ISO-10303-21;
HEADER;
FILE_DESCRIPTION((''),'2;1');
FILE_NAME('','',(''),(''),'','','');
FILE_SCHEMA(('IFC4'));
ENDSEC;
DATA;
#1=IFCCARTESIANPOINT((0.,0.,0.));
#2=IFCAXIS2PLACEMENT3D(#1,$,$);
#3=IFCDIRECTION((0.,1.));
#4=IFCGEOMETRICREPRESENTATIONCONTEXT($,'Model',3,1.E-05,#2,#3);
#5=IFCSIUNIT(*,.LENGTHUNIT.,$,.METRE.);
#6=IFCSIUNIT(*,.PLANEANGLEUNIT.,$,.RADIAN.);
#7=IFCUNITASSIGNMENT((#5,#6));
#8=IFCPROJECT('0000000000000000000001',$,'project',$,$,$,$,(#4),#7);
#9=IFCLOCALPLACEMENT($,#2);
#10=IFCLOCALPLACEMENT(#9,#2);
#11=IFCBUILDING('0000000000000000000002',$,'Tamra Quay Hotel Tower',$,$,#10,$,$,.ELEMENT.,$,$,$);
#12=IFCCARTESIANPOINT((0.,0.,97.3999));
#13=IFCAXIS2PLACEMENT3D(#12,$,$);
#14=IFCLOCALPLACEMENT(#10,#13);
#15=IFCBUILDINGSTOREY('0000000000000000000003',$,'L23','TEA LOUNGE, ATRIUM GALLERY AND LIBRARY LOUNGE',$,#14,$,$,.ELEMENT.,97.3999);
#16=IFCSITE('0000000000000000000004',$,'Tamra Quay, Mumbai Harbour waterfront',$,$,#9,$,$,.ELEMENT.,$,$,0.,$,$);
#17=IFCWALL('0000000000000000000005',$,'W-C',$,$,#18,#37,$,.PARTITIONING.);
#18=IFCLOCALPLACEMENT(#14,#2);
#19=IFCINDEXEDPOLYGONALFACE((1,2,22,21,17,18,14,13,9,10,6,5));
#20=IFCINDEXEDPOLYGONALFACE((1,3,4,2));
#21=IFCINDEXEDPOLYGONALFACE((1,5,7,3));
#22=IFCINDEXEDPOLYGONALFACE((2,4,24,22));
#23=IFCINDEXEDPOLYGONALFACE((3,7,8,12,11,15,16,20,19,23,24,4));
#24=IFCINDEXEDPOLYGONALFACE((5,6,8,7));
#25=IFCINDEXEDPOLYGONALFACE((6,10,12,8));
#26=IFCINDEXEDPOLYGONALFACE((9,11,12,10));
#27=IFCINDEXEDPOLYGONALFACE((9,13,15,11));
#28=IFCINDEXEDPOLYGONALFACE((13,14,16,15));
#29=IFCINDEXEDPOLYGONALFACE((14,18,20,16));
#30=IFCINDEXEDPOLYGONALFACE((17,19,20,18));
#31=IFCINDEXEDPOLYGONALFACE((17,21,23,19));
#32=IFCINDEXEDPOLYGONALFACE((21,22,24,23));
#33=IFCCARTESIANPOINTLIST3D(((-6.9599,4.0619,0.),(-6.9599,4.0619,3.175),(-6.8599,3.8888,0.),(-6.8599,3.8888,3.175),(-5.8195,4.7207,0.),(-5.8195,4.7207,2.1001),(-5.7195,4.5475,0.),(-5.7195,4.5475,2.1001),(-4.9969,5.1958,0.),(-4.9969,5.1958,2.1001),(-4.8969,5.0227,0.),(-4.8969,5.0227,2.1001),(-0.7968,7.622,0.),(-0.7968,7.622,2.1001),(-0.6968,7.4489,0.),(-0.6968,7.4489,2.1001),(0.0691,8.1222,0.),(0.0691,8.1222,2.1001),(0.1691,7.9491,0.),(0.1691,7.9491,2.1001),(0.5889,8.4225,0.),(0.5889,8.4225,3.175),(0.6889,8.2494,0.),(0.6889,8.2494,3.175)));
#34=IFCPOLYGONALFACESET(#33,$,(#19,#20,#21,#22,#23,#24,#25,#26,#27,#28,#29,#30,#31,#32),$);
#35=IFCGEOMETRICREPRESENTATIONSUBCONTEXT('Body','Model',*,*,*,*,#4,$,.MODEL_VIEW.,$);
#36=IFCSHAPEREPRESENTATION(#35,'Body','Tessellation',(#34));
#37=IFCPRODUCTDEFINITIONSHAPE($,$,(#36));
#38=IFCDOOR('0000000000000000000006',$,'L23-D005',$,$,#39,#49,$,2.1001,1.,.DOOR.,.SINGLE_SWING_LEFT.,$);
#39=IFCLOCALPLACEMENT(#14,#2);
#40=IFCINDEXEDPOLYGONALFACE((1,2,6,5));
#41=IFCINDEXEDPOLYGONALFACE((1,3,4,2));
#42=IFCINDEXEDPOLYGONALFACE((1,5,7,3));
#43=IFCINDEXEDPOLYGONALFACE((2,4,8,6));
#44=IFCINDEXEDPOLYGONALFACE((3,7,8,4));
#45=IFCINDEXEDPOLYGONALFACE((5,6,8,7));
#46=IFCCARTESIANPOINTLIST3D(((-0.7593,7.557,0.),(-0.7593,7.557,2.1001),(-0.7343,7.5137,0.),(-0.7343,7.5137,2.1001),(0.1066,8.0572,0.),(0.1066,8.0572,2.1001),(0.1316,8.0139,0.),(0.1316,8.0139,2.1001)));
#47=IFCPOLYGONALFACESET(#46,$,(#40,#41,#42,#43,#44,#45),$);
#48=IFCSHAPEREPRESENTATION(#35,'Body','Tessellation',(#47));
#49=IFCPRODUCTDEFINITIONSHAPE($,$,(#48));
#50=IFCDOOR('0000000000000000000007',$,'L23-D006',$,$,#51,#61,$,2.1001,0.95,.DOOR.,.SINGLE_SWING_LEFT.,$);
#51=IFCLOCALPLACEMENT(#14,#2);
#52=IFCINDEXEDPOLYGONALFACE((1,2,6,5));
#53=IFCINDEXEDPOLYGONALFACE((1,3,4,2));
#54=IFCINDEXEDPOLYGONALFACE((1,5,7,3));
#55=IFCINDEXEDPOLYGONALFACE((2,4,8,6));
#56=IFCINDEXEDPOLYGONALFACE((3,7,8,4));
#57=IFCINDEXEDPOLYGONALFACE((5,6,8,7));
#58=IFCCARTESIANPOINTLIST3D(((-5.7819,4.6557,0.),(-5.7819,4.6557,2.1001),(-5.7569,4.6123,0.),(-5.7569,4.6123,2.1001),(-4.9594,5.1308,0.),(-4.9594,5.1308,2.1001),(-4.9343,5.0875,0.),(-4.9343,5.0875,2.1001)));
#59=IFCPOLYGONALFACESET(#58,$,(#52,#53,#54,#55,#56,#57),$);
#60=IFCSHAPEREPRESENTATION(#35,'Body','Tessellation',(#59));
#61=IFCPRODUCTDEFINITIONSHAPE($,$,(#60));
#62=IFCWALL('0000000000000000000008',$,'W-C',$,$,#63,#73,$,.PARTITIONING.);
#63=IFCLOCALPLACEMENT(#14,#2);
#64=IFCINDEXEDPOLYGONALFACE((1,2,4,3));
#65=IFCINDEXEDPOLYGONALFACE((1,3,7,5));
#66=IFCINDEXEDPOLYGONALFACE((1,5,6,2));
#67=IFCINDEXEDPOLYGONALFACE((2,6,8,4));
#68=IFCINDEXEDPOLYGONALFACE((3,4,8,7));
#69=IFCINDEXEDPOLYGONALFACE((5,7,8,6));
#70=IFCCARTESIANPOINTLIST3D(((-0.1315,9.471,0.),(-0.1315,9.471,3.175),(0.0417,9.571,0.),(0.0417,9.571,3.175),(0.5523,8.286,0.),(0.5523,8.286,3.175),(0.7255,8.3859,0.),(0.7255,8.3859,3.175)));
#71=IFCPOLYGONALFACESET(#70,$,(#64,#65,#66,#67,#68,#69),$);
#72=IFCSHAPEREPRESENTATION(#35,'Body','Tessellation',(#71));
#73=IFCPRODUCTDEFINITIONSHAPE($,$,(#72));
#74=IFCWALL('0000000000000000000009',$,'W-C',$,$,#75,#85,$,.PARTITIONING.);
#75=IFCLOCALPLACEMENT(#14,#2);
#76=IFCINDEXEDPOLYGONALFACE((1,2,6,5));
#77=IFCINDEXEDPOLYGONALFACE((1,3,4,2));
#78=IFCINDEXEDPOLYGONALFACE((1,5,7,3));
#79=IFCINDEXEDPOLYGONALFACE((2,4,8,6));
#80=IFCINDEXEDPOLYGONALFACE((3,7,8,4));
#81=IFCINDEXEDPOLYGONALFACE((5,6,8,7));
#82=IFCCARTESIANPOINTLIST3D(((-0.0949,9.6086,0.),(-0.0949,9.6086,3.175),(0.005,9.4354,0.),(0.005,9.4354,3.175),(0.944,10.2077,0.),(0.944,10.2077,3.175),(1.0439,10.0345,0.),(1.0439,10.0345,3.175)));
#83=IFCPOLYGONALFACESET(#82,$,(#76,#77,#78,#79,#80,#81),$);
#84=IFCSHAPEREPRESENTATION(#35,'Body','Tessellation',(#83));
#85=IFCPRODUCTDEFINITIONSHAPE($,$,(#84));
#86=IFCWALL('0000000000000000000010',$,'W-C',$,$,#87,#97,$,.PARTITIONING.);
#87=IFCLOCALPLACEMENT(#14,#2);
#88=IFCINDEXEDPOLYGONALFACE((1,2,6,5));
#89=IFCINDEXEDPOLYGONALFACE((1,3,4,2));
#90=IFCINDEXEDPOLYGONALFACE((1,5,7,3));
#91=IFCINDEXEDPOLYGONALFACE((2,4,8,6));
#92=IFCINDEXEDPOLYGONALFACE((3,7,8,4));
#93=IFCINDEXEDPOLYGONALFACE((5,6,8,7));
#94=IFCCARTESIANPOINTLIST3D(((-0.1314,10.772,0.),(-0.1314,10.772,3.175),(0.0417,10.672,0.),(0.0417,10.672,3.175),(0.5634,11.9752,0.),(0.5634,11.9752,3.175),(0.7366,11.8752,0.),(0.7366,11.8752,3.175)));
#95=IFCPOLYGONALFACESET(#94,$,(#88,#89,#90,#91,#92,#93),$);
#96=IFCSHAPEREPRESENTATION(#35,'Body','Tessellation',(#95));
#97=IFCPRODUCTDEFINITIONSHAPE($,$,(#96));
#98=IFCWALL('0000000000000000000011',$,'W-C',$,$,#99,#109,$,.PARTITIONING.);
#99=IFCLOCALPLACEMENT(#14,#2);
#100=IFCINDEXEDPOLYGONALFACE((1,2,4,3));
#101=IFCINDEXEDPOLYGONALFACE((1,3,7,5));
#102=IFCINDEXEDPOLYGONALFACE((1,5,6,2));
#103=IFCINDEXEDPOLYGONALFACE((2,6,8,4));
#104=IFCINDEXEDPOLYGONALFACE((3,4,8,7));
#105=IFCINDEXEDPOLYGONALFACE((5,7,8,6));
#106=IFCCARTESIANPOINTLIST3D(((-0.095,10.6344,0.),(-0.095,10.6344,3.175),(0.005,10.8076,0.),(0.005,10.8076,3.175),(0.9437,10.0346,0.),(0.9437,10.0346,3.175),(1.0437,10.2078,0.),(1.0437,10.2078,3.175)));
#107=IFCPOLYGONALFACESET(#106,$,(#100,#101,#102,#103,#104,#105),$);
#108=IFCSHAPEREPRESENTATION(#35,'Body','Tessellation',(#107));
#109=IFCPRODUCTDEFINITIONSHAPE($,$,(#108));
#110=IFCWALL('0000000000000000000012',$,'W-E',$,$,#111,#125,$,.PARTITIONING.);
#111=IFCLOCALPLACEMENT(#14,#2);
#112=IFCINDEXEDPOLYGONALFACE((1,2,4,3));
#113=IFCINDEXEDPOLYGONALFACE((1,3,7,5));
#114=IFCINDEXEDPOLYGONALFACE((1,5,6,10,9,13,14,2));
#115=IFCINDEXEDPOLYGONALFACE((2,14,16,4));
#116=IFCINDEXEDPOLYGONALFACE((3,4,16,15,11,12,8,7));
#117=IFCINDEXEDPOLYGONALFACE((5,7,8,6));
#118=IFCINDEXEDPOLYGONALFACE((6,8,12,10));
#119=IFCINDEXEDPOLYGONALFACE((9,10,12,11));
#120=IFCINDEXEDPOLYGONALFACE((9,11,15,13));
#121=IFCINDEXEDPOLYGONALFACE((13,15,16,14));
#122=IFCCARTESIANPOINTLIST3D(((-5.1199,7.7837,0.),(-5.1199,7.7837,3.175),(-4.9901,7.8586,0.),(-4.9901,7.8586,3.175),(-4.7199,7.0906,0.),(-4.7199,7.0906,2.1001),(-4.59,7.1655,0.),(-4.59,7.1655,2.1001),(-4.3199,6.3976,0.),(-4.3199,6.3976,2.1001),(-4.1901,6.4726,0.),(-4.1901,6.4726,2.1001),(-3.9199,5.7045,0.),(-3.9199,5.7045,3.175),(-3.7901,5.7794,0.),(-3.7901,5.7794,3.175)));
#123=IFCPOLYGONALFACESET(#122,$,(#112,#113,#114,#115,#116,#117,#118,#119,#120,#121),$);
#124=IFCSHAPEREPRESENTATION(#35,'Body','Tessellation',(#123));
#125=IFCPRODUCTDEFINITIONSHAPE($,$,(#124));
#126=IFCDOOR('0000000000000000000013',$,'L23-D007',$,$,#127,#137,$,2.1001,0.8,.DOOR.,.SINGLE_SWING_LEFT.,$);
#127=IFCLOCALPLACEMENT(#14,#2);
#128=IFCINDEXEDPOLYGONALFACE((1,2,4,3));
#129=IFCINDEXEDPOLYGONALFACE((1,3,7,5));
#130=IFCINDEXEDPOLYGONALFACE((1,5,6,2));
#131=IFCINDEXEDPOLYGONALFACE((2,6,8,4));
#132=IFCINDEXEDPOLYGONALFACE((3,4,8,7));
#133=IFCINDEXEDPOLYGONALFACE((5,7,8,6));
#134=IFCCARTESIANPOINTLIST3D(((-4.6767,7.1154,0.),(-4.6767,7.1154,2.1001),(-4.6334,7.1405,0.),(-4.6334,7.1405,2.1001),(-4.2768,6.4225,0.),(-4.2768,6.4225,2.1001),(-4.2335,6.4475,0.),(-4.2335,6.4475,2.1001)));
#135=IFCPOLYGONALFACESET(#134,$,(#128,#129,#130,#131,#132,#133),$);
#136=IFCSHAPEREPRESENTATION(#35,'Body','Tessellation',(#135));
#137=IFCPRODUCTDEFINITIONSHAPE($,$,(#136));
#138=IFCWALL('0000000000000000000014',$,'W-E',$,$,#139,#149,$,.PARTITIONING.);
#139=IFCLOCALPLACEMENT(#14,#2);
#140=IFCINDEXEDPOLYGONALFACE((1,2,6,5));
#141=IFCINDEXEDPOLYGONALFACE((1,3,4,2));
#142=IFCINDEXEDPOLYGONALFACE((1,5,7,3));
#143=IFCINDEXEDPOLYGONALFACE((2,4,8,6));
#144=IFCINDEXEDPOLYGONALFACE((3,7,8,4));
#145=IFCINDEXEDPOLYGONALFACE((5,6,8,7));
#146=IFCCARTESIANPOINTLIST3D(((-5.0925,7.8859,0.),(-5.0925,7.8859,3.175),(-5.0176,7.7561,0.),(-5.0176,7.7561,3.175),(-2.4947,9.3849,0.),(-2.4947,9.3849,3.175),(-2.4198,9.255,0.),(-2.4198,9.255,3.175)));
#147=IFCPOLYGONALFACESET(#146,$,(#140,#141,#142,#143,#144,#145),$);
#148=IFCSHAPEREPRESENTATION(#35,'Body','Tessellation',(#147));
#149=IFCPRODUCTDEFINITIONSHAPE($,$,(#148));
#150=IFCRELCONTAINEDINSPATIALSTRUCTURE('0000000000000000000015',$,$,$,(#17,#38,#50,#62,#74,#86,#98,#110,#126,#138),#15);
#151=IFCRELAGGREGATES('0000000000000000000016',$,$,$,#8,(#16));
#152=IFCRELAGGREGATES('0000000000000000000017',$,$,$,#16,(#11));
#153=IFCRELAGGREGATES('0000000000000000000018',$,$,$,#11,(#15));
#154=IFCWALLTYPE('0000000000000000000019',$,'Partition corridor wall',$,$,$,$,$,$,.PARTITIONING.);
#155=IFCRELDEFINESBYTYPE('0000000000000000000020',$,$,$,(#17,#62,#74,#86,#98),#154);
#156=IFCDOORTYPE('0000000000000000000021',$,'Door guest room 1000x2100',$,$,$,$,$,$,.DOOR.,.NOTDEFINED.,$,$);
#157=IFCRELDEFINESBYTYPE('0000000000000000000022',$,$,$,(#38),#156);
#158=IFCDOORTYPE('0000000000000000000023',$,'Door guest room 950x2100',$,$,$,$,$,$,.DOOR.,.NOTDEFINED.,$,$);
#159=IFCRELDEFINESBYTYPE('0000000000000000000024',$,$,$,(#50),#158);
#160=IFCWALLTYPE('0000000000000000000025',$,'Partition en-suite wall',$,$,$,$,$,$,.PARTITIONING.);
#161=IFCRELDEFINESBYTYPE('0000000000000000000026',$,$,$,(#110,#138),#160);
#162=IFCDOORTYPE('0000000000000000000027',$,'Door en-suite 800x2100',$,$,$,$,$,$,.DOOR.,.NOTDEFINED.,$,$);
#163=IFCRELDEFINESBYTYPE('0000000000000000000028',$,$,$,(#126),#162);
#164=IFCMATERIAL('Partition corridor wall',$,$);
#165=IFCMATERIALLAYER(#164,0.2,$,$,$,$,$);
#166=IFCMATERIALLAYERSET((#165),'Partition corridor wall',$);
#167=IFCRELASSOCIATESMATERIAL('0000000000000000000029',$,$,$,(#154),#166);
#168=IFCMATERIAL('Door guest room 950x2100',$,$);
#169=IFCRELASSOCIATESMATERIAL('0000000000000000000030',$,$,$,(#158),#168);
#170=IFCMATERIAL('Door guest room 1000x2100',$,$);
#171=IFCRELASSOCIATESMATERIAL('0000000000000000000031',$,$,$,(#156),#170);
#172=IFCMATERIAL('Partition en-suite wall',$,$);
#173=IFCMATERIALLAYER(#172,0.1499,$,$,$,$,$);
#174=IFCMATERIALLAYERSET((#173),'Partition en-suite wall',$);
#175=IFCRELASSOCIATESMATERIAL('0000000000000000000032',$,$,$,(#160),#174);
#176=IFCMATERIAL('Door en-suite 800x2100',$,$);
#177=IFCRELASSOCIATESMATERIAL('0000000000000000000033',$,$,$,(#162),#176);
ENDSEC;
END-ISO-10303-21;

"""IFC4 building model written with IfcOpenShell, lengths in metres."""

from ifc_helpers import new_model, si_unit, direction, frame, frame_2d, origin, place, context, subcontext, project, spatial, rectangle, extrude, material, layer, layer_set, type_object, element, fill, save


model = new_model("IFC4")

# Units and contexts
model_context = context("Model", 3, precision=1e-05, world=origin(), true_north=direction((0.0, 1.0)))
body_context = subcontext(model_context, "Body", "Model", "MODEL_VIEW")
ifc_project = project(units=[si_unit("LENGTHUNIT", "METRE"), si_unit("PLANEANGLEUNIT", "RADIAN")], contexts=[model_context])

# Site, building, storey
site_placement = place(None, origin())
site = spatial("IfcSite", under=ifc_project, at=site_placement, Name="Tamra Quay, Mumbai Harbour waterfront", CompositionType="ELEMENT", RefElevation=0.0)
building_placement = place(site_placement, origin())
building = spatial("IfcBuilding", under=site, at=building_placement, Name="Tamra Quay Hotel Tower", CompositionType="ELEMENT")
storey_placement = place(building_placement, frame((0.0, 0.0, 97.3999)))
storey = spatial("IfcBuildingStorey", under=building, at=storey_placement, Name="L23", Description="TEA LOUNGE, ATRIUM GALLERY AND LIBRARY LOUNGE", CompositionType="ELEMENT", Elevation=97.3999)

# Shared definitions
ifc_material_1 = material(Name="Partition corridor wall")
ifc_layer_1 = layer(ifc_material_1, 0.2)
ifc_layer_set_1 = layer_set([ifc_layer_1], Name="Partition corridor wall")
wall_type_1 = type_object("IfcWallType", Name="Partition corridor wall", PredefinedType="PARTITIONING", material=ifc_layer_set_1)

# Shared definitions
ifc_material_2 = material(Name="Door guest room 950x2100")
door_type_1 = type_object("IfcDoorType", Name="Door guest room 950x2100", OperationType="NOTDEFINED", PredefinedType="DOOR", material=ifc_material_2)

# Wall, openings, doors
wall_1_placement = place(storey_placement, frame((-6.9099, 3.9753, 0.0), z_axis=(0.0, 0.0, 1.0), x_axis=(0.865912, 0.500196, 0.0)))
wall_1 = element("IfcWall", 1, at=wall_1_placement, inside=storey, type_object=wall_type_1, Name="W-C", PredefinedType="PARTITIONING", context=body_context, shape_type="SweptSolid", body=[
    extrude(rectangle(XDim=8.7178, YDim=0.2, at=frame_2d((4.3589, 0.0))), origin(), (0.0, 0.0, 1.0), 3.175),
])
opening_1_placement = place(wall_1_placement, frame((7.1174, 0.0, 0.0)))
opening_1 = element("IfcOpeningElement", 2, at=opening_1_placement, cuts=wall_1, PredefinedType="OPENING", context=body_context, shape_type="SweptSolid", body=[
    extrude(rectangle(XDim=1.0, YDim=2.1001, at=frame_2d((0.5, 1.05))), frame((0.0, 0.1099, 0.0), z_axis=(0.0, -1.0, 0.0), x_axis=(1.0, 0.0, 0.0)), (0.0, 0.0, 1.0), 0.22),
])
opening_2_placement = place(wall_1_placement, frame((1.3169, 0.0, 0.0)))
opening_2 = element("IfcOpeningElement", 3, at=opening_2_placement, cuts=wall_1, PredefinedType="OPENING", context=body_context, shape_type="SweptSolid", body=[
    extrude(rectangle(XDim=0.95, YDim=2.1001, at=frame_2d((0.4751, 1.05))), frame((0.0, 0.1099, 0.0), z_axis=(0.0, -1.0, 0.0), x_axis=(1.0, 0.0, 0.0)), (0.0, 0.0, 1.0), 0.22),
])
ifc_material_3 = material(Name="Door guest room 1000x2100")
door_type_2 = type_object("IfcDoorType", Name="Door guest room 1000x2100", OperationType="NOTDEFINED", PredefinedType="DOOR", material=ifc_material_3)
door_1_placement = place(opening_1_placement, origin())
door_1 = element("IfcDoor", 4, at=door_1_placement, inside=storey, type_object=door_type_2, Name="L23-D005", OperationType="SINGLE_SWING_LEFT", OverallHeight=2.1001, OverallWidth=1.0, PredefinedType="DOOR", context=body_context, shape_type="SweptSolid", body=[
    extrude(rectangle(XDim=1.0, YDim=2.1001, at=frame_2d((0.5, 1.05))), frame((0.0, 0.0249, 0.0), z_axis=(0.0, -1.0, 0.0), x_axis=(1.0, 0.0, 0.0)), (0.0, 0.0, 1.0), 0.05),
])
fill(opening_1, door_1)
door_2_placement = place(opening_2_placement, origin())
door_2 = element("IfcDoor", 5, at=door_2_placement, inside=storey, type_object=door_type_1, Name="L23-D006", OperationType="SINGLE_SWING_LEFT", OverallHeight=2.1001, OverallWidth=0.95, PredefinedType="DOOR", context=body_context, shape_type="SweptSolid", body=[
    extrude(rectangle(XDim=0.95, YDim=2.1001, at=frame_2d((0.4751, 1.05))), frame((0.0, 0.0249, 0.0), z_axis=(0.0, -1.0, 0.0), x_axis=(1.0, 0.0, 0.0)), (0.0, 0.0, 1.0), 0.05),
])
fill(opening_2, door_2)

# Walls
wall_2_placement = place(storey_placement, frame((-0.0449, 9.521, 0.0), z_axis=(0.0, 0.0, 1.0), x_axis=(0.499805, -0.866138, 0.0)))
element("IfcWall", 6, at=wall_2_placement, inside=storey, type_object=wall_type_1, Name="W-C", PredefinedType="PARTITIONING", context=body_context, shape_type="SweptSolid", body=[
    extrude(rectangle(XDim=1.3682, YDim=0.2, at=frame_2d((0.6841, 0.0))), origin(), (0.0, 0.0, 1.0), 3.175),
])
wall_3_placement = place(storey_placement, frame((-0.0449, 9.522, 0.0), z_axis=(0.0, 0.0, 1.0), x_axis=(0.866257, 0.499599, 0.0)))
element("IfcWall", 7, at=wall_3_placement, inside=storey, type_object=wall_type_1, Name="W-C", PredefinedType="PARTITIONING", context=body_context, shape_type="SweptSolid", body=[
    extrude(rectangle(XDim=1.1992, YDim=0.2, at=frame_2d((0.5996, 0.0))), origin(), (0.0, 0.0, 1.0), 3.175),
])
wall_4_placement = place(storey_placement, frame((-0.0449, 10.7219, 0.0), z_axis=(0.0, 0.0, 1.0), x_axis=(0.500108, 0.865963, 0.0)))
element("IfcWall", 8, at=wall_4_placement, inside=storey, type_object=wall_type_1, Name="W-C", PredefinedType="PARTITIONING", context=body_context, shape_type="SweptSolid", body=[
    extrude(rectangle(XDim=1.3894, YDim=0.2, at=frame_2d((0.6948, 0.0))), origin(), (0.0, 0.0, 1.0), 3.175),
])
wall_5_placement = place(storey_placement, frame((-0.0449, 10.7209, 0.0), z_axis=(0.0, 0.0, 1.0), x_axis=(0.865992, -0.500057, 0.0)))
element("IfcWall", 9, at=wall_5_placement, inside=storey, type_object=wall_type_1, Name="W-C", PredefinedType="PARTITIONING", context=body_context, shape_type="SweptSolid", body=[
    extrude(rectangle(XDim=1.1995, YDim=0.2, at=frame_2d((0.5996, 0.0))), origin(), (0.0, 0.0, 1.0), 3.175),
])

# Wall, opening, door
ifc_material_4 = material(Name="Partition en-suite wall")
ifc_layer_2 = layer(ifc_material_4, 0.1499)
ifc_layer_set_2 = layer_set([ifc_layer_2], Name="Partition en-suite wall")
wall_type_2 = type_object("IfcWallType", Name="Partition en-suite wall", PredefinedType="PARTITIONING", material=ifc_layer_set_2)
wall_6_placement = place(storey_placement, frame((-5.0549, 7.821, 0.0), z_axis=(0.0, 0.0, 1.0), x_axis=(0.499869, -0.866101, 0.0)))
wall_6 = element("IfcWall", 10, at=wall_6_placement, inside=storey, type_object=wall_type_2, Name="W-E", PredefinedType="PARTITIONING", context=body_context, shape_type="SweptSolid", body=[
    extrude(rectangle(XDim=2.4006, YDim=0.1499, at=frame_2d((1.2002, 0.0))), origin(), (0.0, 0.0, 1.0), 3.175),
])
opening_3_placement = place(wall_6_placement, frame((0.8003, 0.0, 0.0)))
opening_3 = element("IfcOpeningElement", 11, at=opening_3_placement, cuts=wall_6, PredefinedType="OPENING", context=body_context, shape_type="SweptSolid", body=[
    extrude(rectangle(XDim=0.8, YDim=2.1001, at=frame_2d((0.3999, 1.05))), frame((0.0, 0.085, 0.0), z_axis=(0.0, -1.0, 0.0), x_axis=(1.0, 0.0, 0.0)), (0.0, 0.0, 1.0), 0.1699),
])
ifc_material_5 = material(Name="Door en-suite 800x2100")
door_type_3 = type_object("IfcDoorType", Name="Door en-suite 800x2100", OperationType="NOTDEFINED", PredefinedType="DOOR", material=ifc_material_5)
door_3_placement = place(opening_3_placement, origin())
door_3 = element("IfcDoor", 12, at=door_3_placement, inside=storey, type_object=door_type_3, Name="L23-D007", OperationType="SINGLE_SWING_LEFT", OverallHeight=2.1001, OverallWidth=0.8, PredefinedType="DOOR", context=body_context, shape_type="SweptSolid", body=[
    extrude(rectangle(XDim=0.8, YDim=2.1001, at=frame_2d((0.3999, 1.05))), frame((0.0, 0.0249, 0.0), z_axis=(0.0, -1.0, 0.0), x_axis=(1.0, 0.0, 0.0)), (0.0, 0.0, 1.0), 0.05),
])
fill(opening_3, door_3)

# Wall
wall_7_placement = place(storey_placement, frame((-5.0549, 7.821, 0.0), z_axis=(0.0, 0.0, 1.0), x_axis=(0.866152, 0.499781, 0.0)))
element("IfcWall", 13, at=wall_7_placement, inside=storey, type_object=wall_type_2, Name="W-E", PredefinedType="PARTITIONING", context=body_context, shape_type="SweptSolid", body=[
    extrude(rectangle(XDim=2.9993, YDim=0.1499, at=frame_2d((1.4995, 0.0))), origin(), (0.0, 0.0, 1.0), 3.175),
])

save(model, "model.ifc")
